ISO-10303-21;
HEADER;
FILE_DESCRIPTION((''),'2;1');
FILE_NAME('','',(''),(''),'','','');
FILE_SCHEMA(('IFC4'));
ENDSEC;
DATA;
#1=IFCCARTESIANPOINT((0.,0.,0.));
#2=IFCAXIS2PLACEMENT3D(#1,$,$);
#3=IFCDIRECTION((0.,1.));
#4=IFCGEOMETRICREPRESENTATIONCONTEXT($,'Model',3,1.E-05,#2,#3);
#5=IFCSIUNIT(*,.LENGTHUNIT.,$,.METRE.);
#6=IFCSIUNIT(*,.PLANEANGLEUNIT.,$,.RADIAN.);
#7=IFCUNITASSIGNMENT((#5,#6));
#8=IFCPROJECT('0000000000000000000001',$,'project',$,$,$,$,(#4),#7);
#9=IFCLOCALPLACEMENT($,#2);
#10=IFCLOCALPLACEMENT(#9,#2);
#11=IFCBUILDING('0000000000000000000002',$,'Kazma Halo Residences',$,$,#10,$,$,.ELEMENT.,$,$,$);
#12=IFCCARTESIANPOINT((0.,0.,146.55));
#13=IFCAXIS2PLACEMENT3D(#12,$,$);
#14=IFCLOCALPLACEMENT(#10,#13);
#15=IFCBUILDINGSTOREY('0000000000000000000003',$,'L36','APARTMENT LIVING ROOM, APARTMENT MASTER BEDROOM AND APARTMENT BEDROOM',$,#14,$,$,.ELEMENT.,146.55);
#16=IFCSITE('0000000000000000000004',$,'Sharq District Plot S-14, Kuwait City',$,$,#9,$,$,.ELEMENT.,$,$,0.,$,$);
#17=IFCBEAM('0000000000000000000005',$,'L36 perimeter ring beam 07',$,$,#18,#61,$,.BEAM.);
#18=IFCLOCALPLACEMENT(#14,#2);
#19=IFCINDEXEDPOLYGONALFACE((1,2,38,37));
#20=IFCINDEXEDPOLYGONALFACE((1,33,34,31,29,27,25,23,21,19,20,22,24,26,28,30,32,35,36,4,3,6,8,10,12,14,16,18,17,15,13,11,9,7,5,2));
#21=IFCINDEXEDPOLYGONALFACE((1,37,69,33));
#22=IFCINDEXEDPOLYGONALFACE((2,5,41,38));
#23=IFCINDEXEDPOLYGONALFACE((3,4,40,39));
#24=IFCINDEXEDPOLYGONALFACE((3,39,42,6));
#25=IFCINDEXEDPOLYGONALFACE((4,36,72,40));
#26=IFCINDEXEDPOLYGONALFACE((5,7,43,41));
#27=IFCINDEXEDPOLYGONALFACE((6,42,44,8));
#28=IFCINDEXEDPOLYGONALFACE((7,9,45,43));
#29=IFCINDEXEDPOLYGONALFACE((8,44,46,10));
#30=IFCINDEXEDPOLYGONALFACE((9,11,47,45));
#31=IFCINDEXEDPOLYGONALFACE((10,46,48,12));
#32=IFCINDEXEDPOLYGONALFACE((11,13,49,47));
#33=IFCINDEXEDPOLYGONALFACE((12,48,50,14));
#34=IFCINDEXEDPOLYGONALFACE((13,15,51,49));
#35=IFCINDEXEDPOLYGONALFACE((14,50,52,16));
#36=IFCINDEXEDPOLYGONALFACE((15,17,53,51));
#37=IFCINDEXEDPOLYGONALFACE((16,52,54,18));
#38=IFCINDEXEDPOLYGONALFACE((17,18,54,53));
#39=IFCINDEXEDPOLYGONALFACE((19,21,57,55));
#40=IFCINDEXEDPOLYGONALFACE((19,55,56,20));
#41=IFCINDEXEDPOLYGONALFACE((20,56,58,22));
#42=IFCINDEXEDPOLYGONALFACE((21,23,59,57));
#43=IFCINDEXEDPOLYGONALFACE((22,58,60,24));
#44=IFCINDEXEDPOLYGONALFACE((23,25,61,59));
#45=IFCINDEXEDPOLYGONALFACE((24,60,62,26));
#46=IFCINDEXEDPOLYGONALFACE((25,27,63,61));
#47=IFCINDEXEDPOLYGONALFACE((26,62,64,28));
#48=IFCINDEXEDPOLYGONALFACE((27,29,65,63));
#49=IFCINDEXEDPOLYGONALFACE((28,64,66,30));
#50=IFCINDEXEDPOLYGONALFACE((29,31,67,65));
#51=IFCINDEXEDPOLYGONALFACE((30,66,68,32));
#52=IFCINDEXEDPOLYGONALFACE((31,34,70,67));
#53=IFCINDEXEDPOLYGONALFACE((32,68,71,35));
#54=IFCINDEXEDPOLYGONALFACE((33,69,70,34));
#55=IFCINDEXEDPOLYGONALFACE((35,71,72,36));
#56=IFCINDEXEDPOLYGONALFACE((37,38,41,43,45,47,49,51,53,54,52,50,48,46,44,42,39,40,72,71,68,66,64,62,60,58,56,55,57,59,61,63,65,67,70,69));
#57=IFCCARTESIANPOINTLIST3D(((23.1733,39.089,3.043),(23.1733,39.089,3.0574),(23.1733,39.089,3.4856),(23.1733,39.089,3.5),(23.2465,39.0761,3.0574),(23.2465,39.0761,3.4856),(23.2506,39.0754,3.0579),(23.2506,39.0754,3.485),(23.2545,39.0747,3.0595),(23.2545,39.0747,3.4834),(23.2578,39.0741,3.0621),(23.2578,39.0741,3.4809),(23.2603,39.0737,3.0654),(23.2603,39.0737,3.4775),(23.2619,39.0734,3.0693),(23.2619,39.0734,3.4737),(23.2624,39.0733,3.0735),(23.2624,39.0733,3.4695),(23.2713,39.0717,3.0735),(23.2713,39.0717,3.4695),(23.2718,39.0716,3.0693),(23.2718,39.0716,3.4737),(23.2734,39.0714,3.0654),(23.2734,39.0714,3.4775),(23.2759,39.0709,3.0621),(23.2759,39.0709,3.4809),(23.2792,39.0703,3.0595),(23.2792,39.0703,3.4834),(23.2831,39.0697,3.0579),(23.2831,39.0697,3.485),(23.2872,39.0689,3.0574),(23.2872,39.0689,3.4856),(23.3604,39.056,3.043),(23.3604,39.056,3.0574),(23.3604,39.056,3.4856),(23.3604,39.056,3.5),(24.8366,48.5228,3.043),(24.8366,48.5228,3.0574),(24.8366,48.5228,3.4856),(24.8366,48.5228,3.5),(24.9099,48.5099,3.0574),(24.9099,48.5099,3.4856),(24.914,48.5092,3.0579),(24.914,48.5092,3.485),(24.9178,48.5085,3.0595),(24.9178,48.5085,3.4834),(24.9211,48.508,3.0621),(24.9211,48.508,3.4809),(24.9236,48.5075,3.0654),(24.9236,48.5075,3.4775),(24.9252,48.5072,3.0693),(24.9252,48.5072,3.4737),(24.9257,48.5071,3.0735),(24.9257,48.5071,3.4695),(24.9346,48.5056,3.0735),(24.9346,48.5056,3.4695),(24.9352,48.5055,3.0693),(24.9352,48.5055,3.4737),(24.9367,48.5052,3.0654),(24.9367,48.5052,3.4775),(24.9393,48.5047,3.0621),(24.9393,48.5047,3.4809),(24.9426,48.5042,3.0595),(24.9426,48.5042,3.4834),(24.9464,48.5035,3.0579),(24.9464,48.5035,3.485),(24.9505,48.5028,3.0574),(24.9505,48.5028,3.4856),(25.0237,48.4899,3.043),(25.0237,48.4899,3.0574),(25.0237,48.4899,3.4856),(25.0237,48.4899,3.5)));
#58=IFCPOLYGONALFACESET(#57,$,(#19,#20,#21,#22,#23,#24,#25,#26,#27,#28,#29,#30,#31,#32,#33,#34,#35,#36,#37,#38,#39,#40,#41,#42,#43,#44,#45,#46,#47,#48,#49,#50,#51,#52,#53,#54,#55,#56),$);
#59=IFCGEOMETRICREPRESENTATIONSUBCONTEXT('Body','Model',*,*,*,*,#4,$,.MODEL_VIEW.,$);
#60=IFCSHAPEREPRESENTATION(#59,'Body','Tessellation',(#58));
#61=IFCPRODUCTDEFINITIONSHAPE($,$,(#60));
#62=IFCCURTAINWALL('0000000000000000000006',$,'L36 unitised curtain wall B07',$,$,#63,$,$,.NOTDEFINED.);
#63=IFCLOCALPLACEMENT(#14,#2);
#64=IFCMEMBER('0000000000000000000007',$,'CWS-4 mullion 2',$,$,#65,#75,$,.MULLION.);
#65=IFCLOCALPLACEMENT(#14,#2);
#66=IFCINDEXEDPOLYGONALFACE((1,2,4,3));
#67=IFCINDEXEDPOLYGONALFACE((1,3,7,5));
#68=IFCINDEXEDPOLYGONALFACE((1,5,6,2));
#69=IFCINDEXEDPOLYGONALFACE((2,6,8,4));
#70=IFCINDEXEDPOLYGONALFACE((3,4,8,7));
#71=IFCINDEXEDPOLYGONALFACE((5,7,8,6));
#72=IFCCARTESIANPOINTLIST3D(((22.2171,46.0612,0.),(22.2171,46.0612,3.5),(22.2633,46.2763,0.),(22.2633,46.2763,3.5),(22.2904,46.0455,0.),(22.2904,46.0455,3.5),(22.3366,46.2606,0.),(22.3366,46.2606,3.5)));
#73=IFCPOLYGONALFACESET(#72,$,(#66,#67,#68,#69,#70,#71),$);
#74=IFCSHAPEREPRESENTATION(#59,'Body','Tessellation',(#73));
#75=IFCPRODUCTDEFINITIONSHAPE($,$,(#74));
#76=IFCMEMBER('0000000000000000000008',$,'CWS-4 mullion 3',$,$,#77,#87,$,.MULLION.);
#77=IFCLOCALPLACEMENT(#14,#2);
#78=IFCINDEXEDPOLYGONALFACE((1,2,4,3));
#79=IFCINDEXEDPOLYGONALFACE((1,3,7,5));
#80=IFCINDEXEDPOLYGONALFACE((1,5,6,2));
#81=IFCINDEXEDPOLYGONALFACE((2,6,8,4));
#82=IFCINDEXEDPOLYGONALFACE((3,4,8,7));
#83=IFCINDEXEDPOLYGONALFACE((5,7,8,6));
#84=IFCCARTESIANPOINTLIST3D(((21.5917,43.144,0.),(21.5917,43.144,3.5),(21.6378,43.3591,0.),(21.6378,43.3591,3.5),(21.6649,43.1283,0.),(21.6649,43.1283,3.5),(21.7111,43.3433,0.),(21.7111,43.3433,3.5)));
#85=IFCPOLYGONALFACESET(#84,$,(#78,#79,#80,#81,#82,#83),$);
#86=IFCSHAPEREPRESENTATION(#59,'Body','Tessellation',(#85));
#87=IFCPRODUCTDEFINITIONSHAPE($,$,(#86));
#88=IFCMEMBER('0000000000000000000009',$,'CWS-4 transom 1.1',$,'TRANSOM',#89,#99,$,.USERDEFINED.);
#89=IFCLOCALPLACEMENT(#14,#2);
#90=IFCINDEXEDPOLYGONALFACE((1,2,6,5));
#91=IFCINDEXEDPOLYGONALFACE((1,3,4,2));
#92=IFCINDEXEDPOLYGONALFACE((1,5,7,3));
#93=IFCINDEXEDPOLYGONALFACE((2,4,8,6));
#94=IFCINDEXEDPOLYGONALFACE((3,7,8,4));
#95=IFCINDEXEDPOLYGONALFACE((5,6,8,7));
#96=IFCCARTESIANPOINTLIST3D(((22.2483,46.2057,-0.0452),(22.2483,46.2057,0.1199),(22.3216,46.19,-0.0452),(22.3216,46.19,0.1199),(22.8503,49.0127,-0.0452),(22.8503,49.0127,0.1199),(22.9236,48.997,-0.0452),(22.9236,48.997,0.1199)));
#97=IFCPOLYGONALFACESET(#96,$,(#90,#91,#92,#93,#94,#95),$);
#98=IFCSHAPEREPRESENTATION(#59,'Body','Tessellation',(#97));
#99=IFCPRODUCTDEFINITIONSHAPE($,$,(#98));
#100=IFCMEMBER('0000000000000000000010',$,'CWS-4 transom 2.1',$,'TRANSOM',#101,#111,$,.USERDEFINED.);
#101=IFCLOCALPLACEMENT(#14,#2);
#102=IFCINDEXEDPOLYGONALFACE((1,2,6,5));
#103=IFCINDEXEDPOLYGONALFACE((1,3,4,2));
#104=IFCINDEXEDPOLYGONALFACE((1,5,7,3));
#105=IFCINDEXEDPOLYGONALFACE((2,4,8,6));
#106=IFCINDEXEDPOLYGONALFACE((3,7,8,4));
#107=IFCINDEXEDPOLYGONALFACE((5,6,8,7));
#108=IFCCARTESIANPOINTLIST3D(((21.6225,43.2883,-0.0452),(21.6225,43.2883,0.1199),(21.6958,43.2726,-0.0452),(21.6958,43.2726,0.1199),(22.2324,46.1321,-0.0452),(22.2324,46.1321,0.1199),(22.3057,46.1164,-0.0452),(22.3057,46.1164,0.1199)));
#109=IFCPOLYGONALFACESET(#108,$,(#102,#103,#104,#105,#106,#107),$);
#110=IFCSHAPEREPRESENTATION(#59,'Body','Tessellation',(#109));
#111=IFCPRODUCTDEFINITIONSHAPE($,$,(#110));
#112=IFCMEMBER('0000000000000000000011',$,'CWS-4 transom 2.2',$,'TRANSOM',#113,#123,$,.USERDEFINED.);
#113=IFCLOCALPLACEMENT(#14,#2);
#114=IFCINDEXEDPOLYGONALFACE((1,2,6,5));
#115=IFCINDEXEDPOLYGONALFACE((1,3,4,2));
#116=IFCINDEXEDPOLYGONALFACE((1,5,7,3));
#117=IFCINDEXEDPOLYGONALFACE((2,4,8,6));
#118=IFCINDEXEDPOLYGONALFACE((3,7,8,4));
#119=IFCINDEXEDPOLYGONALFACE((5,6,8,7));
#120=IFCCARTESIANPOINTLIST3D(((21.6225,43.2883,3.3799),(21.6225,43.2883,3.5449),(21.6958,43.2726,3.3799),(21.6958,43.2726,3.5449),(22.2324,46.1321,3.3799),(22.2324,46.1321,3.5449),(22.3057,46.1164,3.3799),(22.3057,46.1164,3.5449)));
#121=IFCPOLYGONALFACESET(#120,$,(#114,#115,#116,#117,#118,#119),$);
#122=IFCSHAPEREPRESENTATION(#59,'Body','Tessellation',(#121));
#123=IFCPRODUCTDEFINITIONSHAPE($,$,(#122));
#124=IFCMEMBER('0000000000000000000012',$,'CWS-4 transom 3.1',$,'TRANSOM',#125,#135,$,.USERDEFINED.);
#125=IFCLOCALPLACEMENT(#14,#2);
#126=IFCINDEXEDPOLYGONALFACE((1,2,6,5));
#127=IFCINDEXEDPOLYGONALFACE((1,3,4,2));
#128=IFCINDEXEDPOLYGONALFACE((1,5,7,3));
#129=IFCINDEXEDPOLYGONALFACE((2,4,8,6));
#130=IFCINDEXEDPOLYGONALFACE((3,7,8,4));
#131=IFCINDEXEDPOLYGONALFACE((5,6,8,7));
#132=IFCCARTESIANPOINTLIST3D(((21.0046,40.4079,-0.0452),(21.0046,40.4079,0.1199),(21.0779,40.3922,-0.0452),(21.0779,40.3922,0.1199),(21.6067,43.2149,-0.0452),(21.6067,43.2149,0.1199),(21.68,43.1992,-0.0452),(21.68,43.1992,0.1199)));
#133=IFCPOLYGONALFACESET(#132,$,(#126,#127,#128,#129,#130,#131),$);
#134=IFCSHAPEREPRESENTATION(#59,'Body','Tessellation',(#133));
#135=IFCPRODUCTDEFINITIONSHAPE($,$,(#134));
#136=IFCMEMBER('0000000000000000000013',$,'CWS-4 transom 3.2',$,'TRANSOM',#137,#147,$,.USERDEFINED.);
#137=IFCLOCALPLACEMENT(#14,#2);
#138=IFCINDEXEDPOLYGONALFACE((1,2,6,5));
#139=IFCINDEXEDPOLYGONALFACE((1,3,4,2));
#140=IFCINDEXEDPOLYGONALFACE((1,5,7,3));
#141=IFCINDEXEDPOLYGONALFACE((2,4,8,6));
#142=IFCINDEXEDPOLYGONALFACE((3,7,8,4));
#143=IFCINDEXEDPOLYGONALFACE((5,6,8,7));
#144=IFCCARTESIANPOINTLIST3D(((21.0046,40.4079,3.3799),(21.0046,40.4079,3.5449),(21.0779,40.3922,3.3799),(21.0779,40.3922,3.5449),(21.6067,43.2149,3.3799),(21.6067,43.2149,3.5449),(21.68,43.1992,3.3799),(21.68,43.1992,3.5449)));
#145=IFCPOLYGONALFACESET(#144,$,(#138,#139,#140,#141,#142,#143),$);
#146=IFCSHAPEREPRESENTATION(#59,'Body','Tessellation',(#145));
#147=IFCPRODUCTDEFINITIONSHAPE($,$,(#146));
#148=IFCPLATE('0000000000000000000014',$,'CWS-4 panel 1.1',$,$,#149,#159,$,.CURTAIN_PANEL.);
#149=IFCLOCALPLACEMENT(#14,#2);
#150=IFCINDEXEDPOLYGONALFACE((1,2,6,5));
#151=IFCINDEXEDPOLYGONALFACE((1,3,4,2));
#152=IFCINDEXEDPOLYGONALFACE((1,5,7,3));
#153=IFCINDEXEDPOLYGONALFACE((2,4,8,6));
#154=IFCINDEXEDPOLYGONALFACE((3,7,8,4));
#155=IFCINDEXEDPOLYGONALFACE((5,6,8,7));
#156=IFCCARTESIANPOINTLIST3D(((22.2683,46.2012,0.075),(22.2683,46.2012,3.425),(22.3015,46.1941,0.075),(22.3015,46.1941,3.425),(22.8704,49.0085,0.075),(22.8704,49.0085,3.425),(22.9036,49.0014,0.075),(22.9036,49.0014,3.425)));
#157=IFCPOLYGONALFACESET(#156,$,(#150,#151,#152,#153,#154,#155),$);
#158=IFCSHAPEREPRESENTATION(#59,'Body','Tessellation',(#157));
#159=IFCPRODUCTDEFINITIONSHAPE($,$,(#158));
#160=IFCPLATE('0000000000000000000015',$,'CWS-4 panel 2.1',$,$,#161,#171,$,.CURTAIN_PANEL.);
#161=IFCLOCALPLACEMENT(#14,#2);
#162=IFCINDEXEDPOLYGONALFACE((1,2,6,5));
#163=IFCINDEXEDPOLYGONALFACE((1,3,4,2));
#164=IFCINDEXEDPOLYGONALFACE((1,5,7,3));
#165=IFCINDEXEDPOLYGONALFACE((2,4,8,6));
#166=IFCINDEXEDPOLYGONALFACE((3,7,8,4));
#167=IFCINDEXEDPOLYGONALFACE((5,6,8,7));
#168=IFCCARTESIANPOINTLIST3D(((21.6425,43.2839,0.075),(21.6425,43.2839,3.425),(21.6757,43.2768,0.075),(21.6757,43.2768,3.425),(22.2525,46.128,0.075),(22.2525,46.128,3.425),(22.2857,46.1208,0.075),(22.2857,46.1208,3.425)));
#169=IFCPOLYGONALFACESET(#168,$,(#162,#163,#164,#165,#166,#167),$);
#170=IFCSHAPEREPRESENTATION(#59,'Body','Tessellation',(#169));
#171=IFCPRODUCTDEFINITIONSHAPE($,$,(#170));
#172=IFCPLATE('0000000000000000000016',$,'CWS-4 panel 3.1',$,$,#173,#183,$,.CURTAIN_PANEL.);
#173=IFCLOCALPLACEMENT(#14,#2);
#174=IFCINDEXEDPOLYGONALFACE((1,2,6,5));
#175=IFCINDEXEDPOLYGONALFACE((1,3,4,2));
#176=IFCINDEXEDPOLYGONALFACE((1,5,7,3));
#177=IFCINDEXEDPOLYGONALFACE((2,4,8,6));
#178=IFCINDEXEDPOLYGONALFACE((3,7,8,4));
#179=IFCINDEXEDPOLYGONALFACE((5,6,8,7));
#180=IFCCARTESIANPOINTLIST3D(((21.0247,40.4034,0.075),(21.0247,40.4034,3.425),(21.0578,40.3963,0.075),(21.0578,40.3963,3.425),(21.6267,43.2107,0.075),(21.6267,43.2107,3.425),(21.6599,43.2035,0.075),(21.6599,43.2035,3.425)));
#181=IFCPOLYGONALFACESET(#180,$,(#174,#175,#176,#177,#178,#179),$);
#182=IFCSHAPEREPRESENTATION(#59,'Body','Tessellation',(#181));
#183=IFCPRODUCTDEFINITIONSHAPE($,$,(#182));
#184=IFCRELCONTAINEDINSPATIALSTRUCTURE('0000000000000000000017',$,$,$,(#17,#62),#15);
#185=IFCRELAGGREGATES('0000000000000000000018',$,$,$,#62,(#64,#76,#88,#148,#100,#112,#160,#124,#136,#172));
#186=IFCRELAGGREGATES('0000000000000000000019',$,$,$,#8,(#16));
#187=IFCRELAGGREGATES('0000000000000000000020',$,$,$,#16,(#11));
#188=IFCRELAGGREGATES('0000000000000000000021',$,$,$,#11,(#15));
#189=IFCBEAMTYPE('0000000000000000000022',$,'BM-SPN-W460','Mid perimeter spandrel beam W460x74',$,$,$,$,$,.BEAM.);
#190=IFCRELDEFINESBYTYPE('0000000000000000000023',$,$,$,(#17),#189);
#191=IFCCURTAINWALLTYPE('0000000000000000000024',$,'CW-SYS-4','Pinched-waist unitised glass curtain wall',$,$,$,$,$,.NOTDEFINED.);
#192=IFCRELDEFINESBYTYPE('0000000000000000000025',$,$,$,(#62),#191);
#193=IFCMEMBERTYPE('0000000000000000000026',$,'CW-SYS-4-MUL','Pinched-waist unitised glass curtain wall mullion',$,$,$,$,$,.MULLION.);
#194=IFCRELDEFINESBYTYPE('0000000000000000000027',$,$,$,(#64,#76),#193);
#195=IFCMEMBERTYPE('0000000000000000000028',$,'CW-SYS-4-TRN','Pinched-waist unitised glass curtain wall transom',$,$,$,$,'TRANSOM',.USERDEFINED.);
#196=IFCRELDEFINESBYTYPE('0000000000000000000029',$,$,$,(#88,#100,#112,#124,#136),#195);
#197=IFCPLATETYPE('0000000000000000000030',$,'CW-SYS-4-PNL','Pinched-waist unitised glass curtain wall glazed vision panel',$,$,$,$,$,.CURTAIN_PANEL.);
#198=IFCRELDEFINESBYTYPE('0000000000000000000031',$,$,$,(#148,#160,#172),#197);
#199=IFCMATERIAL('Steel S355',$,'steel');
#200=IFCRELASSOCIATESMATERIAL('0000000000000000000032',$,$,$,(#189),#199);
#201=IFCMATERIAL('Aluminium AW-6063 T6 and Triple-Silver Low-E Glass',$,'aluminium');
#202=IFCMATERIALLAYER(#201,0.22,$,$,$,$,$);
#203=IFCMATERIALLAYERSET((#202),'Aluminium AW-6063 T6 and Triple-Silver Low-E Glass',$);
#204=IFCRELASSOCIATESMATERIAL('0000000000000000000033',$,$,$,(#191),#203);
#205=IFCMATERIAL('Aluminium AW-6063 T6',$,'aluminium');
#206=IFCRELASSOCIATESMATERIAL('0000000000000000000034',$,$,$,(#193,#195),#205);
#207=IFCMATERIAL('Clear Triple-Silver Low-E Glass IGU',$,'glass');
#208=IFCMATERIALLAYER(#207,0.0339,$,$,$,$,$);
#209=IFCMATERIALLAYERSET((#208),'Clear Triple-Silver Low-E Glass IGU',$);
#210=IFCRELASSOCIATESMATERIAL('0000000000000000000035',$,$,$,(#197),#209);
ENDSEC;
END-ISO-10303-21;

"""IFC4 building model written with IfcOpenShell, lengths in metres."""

from ifc_helpers import new_model, si_unit, direction, frame, origin, origin_2d, place, context, subcontext, project, spatial, rectangle, i_section, extrude, material, layer, layer_set, material_profile, profile_set, type_object, element, aggregate, save


model = new_model("IFC4")

# Units and contexts
model_context = context("Model", 3, precision=1e-05, world=origin(), true_north=direction((0.0, 1.0)))
body_context = subcontext(model_context, "Body", "Model", "MODEL_VIEW")
ifc_project = project(units=[si_unit("LENGTHUNIT", "METRE"), si_unit("PLANEANGLEUNIT", "RADIAN")], contexts=[model_context])

# Site, building, storey
site_placement = place(None, origin())
site = spatial("IfcSite", under=ifc_project, at=site_placement, Name="Sharq District Plot S-14, Kuwait City", CompositionType="ELEMENT", RefElevation=0.0)
building_placement = place(site_placement, origin())
building = spatial("IfcBuilding", under=site, at=building_placement, Name="Kazma Halo Residences", CompositionType="ELEMENT")
storey_placement = place(building_placement, frame((0.0, 0.0, 146.55)))
storey = spatial("IfcBuildingStorey", under=building, at=storey_placement, Name="L36", Description="APARTMENT LIVING ROOM, APARTMENT MASTER BEDROOM AND APARTMENT BEDROOM", CompositionType="ELEMENT", Elevation=146.55)

# Beam
ifc_material_1 = material(Name="Steel S355", Category="steel")
ifc_material_profile_1 = material_profile(ifc_material_1, i_section(OverallWidth=0.1899, OverallDepth=0.457, WebThickness=0.009, FlangeThickness=0.0144, FilletRadius=0.0161, at=origin_2d()), Name="W460x74")
ifc_profile_set_1 = profile_set([ifc_material_profile_1], Name="Steel S355")
beam_type_1 = type_object("IfcBeamType", Name="BM-SPN-W460", Description="Mid perimeter spandrel beam W460x74", PredefinedType="BEAM", material=ifc_profile_set_1)
beam_1_placement = place(storey_placement, frame((24.9302, 48.5063, 3.2715), z_axis=(-0.173637, -0.98481, 0.0), x_axis=(0.98481, -0.173637, 0.0)))
element("IfcBeam", 1, at=beam_1_placement, inside=storey, type_object=beam_type_1, Name="L36 perimeter ring beam 07", PredefinedType="BEAM", context=body_context, shape_type="SweptSolid", body=[
    extrude(i_section(OverallWidth=0.1899, OverallDepth=0.457, WebThickness=0.009, FlangeThickness=0.0144, FilletRadius=0.0161, at=origin_2d()), origin(), (0.0, 0.0, 1.0), 9.5793),
])

# Curtain wall, members, plates
ifc_material_2 = material(Name="Aluminium AW-6063 T6 and Triple-Silver Low-E Glass", Category="aluminium")
ifc_layer_1 = layer(ifc_material_2, 0.22)
ifc_layer_set_1 = layer_set([ifc_layer_1], Name="Aluminium AW-6063 T6 and Triple-Silver Low-E Glass")
curtain_wall_type = type_object("IfcCurtainWallType", Name="CW-SYS-4", Description="Pinched-waist unitised glass curtain wall", PredefinedType="NOTDEFINED", material=ifc_layer_set_1)
curtain_wall_placement = place(storey_placement, origin())
curtain_wall = element("IfcCurtainWall", 2, at=curtain_wall_placement, inside=storey, type_object=curtain_wall_type, Name="L36 unitised curtain wall B07", PredefinedType="NOTDEFINED")
ifc_material_3 = material(Name="Aluminium AW-6063 T6", Category="aluminium")
ifc_material_profile_2 = material_profile(ifc_material_3, rectangle(XDim=0.075, YDim=0.22, at=origin_2d()), Name="CWM-75x220")
ifc_profile_set_2 = profile_set([ifc_material_profile_2], Name="Aluminium AW-6063 T6")
member_type_1 = type_object("IfcMemberType", Name="CW-SYS-4-MUL", Description="Pinched-waist unitised glass curtain wall mullion", PredefinedType="MULLION", material=ifc_profile_set_2)
member_1_placement = place(storey_placement, frame((22.2769, 46.1609, 0.0), z_axis=(0.0, 0.0, 1.0), x_axis=(0.977765, -0.209704, 0.0)))
member_1 = element("IfcMember", 3, at=member_1_placement, type_object=member_type_1, Name="CWS-4 mullion 2", PredefinedType="MULLION", context=body_context, shape_type="SweptSolid", body=[
    extrude(rectangle(XDim=0.075, YDim=0.22, at=origin_2d()), origin(), (0.0, 0.0, 1.0), 3.5),
])
member_2_placement = place(storey_placement, frame((21.6514, 43.2437, 0.0), z_axis=(0.0, 0.0, 1.0), x_axis=(0.977765, -0.209704, 0.0)))
member_2 = element("IfcMember", 4, at=member_2_placement, type_object=member_type_1, Name="CWS-4 mullion 3", PredefinedType="MULLION", context=body_context, shape_type="SweptSolid", body=[
    extrude(rectangle(XDim=0.075, YDim=0.22, at=origin_2d()), origin(), (0.0, 0.0, 1.0), 3.5),
])
ifc_material_profile_3 = material_profile(ifc_material_3, rectangle(XDim=0.075, YDim=0.165, at=origin_2d()), Name="CWT-75x165")
ifc_profile_set_3 = profile_set([ifc_material_profile_3], Name="Aluminium AW-6063 T6")
member_type_2 = type_object("IfcMemberType", Name="CW-SYS-4-TRN", Description="Pinched-waist unitised glass curtain wall transom", ElementType="TRANSOM", PredefinedType="USERDEFINED", material=ifc_profile_set_3)
member_3_placement = place(storey_placement, frame((22.887, 49.0049, 0.0374), z_axis=(-0.209703, -0.977765, 0.0), x_axis=(0.977765, -0.209703, 0.0)))
member_3 = element("IfcMember", 5, at=member_3_placement, type_object=member_type_2, Name="CWS-4 transom 1.1", ObjectType="TRANSOM", PredefinedType="USERDEFINED", context=body_context, shape_type="SweptSolid", body=[
    extrude(rectangle(XDim=0.075, YDim=0.165, at=origin_2d()), origin(), (0.0, 0.0, 1.0), 2.8708),
])
member_4_placement = place(storey_placement, frame((22.269, 46.1243, 0.0374), z_axis=(-0.20969, -0.977768, 0.0), x_axis=(0.977768, -0.20969, 0.0)))
member_4 = element("IfcMember", 6, at=member_4_placement, type_object=member_type_2, Name="CWS-4 transom 2.1", ObjectType="TRANSOM", PredefinedType="USERDEFINED", context=body_context, shape_type="SweptSolid", body=[
    extrude(rectangle(XDim=0.075, YDim=0.165, at=origin_2d()), origin(), (0.0, 0.0, 1.0), 2.9084),
])
member_5_placement = place(storey_placement, frame((22.269, 46.1243, 3.4624), z_axis=(-0.20969, -0.977768, 0.0), x_axis=(0.977768, -0.20969, 0.0)))
member_5 = element("IfcMember", 7, at=member_5_placement, type_object=member_type_2, Name="CWS-4 transom 2.2", ObjectType="TRANSOM", PredefinedType="USERDEFINED", context=body_context, shape_type="SweptSolid", body=[
    extrude(rectangle(XDim=0.075, YDim=0.165, at=origin_2d()), origin(), (0.0, 0.0, 1.0), 2.9084),
])
member_6_placement = place(storey_placement, frame((21.6433, 43.207, 0.0374), z_axis=(-0.209703, -0.977765, 0.0), x_axis=(0.977765, -0.209703, 0.0)))
member_6 = element("IfcMember", 8, at=member_6_placement, type_object=member_type_2, Name="CWS-4 transom 3.1", ObjectType="TRANSOM", PredefinedType="USERDEFINED", context=body_context, shape_type="SweptSolid", body=[
    extrude(rectangle(XDim=0.075, YDim=0.165, at=origin_2d()), origin(), (0.0, 0.0, 1.0), 2.8708),
])
member_7_placement = place(storey_placement, frame((21.6433, 43.207, 3.4624), z_axis=(-0.209703, -0.977765, 0.0), x_axis=(0.977765, -0.209703, 0.0)))
member_7 = element("IfcMember", 9, at=member_7_placement, type_object=member_type_2, Name="CWS-4 transom 3.2", ObjectType="TRANSOM", PredefinedType="USERDEFINED", context=body_context, shape_type="SweptSolid", body=[
    extrude(rectangle(XDim=0.075, YDim=0.165, at=origin_2d()), origin(), (0.0, 0.0, 1.0), 2.8708),
])
ifc_material_4 = material(Name="Clear Triple-Silver Low-E Glass IGU", Category="glass")
ifc_layer_2 = layer(ifc_material_4, 0.0339)
ifc_layer_set_2 = layer_set([ifc_layer_2], Name="Clear Triple-Silver Low-E Glass IGU")
plate_type = type_object("IfcPlateType", Name="CW-SYS-4-PNL", Description="Pinched-waist unitised glass curtain wall glazed vision panel", PredefinedType="CURTAIN_PANEL", material=ifc_layer_set_2)
plate_1_placement = place(storey_placement, frame((22.5859, 47.6013, 0.075), z_axis=(0.0, 0.0, 1.0), x_axis=(-0.209704, -0.977765, 0.0)))
plate_1 = element("IfcPlate", 10, at=plate_1_placement, type_object=plate_type, Name="CWS-4 panel 1.1", PredefinedType="CURTAIN_PANEL", context=body_context, shape_type="SweptSolid", body=[
    extrude(rectangle(XDim=2.8711, YDim=0.0339, at=origin_2d()), origin(), (0.0, 0.0, 1.0), 3.3501),
])
plate_2_placement = place(storey_placement, frame((21.9641, 44.7024, 0.075), z_axis=(0.0, 0.0, 1.0), x_axis=(-0.209704, -0.977765, 0.0)))
plate_2 = element("IfcPlate", 11, at=plate_2_placement, type_object=plate_type, Name="CWS-4 panel 2.1", PredefinedType="CURTAIN_PANEL", context=body_context, shape_type="SweptSolid", body=[
    extrude(rectangle(XDim=2.9087, YDim=0.0339, at=origin_2d()), origin(), (0.0, 0.0, 1.0), 3.3501),
])
plate_3_placement = place(storey_placement, frame((21.3423, 41.8035, 0.075), z_axis=(0.0, 0.0, 1.0), x_axis=(-0.209704, -0.977765, 0.0)))
plate_3 = element("IfcPlate", 12, at=plate_3_placement, type_object=plate_type, Name="CWS-4 panel 3.1", PredefinedType="CURTAIN_PANEL", context=body_context, shape_type="SweptSolid", body=[
    extrude(rectangle(XDim=2.8711, YDim=0.0339, at=origin_2d()), origin(), (0.0, 0.0, 1.0), 3.3501),
])
aggregate(curtain_wall, [member_1, member_2, member_3, plate_1, member_4, member_5, plate_2, member_6, member_7, plate_3])

save(model, "model.ifc")
